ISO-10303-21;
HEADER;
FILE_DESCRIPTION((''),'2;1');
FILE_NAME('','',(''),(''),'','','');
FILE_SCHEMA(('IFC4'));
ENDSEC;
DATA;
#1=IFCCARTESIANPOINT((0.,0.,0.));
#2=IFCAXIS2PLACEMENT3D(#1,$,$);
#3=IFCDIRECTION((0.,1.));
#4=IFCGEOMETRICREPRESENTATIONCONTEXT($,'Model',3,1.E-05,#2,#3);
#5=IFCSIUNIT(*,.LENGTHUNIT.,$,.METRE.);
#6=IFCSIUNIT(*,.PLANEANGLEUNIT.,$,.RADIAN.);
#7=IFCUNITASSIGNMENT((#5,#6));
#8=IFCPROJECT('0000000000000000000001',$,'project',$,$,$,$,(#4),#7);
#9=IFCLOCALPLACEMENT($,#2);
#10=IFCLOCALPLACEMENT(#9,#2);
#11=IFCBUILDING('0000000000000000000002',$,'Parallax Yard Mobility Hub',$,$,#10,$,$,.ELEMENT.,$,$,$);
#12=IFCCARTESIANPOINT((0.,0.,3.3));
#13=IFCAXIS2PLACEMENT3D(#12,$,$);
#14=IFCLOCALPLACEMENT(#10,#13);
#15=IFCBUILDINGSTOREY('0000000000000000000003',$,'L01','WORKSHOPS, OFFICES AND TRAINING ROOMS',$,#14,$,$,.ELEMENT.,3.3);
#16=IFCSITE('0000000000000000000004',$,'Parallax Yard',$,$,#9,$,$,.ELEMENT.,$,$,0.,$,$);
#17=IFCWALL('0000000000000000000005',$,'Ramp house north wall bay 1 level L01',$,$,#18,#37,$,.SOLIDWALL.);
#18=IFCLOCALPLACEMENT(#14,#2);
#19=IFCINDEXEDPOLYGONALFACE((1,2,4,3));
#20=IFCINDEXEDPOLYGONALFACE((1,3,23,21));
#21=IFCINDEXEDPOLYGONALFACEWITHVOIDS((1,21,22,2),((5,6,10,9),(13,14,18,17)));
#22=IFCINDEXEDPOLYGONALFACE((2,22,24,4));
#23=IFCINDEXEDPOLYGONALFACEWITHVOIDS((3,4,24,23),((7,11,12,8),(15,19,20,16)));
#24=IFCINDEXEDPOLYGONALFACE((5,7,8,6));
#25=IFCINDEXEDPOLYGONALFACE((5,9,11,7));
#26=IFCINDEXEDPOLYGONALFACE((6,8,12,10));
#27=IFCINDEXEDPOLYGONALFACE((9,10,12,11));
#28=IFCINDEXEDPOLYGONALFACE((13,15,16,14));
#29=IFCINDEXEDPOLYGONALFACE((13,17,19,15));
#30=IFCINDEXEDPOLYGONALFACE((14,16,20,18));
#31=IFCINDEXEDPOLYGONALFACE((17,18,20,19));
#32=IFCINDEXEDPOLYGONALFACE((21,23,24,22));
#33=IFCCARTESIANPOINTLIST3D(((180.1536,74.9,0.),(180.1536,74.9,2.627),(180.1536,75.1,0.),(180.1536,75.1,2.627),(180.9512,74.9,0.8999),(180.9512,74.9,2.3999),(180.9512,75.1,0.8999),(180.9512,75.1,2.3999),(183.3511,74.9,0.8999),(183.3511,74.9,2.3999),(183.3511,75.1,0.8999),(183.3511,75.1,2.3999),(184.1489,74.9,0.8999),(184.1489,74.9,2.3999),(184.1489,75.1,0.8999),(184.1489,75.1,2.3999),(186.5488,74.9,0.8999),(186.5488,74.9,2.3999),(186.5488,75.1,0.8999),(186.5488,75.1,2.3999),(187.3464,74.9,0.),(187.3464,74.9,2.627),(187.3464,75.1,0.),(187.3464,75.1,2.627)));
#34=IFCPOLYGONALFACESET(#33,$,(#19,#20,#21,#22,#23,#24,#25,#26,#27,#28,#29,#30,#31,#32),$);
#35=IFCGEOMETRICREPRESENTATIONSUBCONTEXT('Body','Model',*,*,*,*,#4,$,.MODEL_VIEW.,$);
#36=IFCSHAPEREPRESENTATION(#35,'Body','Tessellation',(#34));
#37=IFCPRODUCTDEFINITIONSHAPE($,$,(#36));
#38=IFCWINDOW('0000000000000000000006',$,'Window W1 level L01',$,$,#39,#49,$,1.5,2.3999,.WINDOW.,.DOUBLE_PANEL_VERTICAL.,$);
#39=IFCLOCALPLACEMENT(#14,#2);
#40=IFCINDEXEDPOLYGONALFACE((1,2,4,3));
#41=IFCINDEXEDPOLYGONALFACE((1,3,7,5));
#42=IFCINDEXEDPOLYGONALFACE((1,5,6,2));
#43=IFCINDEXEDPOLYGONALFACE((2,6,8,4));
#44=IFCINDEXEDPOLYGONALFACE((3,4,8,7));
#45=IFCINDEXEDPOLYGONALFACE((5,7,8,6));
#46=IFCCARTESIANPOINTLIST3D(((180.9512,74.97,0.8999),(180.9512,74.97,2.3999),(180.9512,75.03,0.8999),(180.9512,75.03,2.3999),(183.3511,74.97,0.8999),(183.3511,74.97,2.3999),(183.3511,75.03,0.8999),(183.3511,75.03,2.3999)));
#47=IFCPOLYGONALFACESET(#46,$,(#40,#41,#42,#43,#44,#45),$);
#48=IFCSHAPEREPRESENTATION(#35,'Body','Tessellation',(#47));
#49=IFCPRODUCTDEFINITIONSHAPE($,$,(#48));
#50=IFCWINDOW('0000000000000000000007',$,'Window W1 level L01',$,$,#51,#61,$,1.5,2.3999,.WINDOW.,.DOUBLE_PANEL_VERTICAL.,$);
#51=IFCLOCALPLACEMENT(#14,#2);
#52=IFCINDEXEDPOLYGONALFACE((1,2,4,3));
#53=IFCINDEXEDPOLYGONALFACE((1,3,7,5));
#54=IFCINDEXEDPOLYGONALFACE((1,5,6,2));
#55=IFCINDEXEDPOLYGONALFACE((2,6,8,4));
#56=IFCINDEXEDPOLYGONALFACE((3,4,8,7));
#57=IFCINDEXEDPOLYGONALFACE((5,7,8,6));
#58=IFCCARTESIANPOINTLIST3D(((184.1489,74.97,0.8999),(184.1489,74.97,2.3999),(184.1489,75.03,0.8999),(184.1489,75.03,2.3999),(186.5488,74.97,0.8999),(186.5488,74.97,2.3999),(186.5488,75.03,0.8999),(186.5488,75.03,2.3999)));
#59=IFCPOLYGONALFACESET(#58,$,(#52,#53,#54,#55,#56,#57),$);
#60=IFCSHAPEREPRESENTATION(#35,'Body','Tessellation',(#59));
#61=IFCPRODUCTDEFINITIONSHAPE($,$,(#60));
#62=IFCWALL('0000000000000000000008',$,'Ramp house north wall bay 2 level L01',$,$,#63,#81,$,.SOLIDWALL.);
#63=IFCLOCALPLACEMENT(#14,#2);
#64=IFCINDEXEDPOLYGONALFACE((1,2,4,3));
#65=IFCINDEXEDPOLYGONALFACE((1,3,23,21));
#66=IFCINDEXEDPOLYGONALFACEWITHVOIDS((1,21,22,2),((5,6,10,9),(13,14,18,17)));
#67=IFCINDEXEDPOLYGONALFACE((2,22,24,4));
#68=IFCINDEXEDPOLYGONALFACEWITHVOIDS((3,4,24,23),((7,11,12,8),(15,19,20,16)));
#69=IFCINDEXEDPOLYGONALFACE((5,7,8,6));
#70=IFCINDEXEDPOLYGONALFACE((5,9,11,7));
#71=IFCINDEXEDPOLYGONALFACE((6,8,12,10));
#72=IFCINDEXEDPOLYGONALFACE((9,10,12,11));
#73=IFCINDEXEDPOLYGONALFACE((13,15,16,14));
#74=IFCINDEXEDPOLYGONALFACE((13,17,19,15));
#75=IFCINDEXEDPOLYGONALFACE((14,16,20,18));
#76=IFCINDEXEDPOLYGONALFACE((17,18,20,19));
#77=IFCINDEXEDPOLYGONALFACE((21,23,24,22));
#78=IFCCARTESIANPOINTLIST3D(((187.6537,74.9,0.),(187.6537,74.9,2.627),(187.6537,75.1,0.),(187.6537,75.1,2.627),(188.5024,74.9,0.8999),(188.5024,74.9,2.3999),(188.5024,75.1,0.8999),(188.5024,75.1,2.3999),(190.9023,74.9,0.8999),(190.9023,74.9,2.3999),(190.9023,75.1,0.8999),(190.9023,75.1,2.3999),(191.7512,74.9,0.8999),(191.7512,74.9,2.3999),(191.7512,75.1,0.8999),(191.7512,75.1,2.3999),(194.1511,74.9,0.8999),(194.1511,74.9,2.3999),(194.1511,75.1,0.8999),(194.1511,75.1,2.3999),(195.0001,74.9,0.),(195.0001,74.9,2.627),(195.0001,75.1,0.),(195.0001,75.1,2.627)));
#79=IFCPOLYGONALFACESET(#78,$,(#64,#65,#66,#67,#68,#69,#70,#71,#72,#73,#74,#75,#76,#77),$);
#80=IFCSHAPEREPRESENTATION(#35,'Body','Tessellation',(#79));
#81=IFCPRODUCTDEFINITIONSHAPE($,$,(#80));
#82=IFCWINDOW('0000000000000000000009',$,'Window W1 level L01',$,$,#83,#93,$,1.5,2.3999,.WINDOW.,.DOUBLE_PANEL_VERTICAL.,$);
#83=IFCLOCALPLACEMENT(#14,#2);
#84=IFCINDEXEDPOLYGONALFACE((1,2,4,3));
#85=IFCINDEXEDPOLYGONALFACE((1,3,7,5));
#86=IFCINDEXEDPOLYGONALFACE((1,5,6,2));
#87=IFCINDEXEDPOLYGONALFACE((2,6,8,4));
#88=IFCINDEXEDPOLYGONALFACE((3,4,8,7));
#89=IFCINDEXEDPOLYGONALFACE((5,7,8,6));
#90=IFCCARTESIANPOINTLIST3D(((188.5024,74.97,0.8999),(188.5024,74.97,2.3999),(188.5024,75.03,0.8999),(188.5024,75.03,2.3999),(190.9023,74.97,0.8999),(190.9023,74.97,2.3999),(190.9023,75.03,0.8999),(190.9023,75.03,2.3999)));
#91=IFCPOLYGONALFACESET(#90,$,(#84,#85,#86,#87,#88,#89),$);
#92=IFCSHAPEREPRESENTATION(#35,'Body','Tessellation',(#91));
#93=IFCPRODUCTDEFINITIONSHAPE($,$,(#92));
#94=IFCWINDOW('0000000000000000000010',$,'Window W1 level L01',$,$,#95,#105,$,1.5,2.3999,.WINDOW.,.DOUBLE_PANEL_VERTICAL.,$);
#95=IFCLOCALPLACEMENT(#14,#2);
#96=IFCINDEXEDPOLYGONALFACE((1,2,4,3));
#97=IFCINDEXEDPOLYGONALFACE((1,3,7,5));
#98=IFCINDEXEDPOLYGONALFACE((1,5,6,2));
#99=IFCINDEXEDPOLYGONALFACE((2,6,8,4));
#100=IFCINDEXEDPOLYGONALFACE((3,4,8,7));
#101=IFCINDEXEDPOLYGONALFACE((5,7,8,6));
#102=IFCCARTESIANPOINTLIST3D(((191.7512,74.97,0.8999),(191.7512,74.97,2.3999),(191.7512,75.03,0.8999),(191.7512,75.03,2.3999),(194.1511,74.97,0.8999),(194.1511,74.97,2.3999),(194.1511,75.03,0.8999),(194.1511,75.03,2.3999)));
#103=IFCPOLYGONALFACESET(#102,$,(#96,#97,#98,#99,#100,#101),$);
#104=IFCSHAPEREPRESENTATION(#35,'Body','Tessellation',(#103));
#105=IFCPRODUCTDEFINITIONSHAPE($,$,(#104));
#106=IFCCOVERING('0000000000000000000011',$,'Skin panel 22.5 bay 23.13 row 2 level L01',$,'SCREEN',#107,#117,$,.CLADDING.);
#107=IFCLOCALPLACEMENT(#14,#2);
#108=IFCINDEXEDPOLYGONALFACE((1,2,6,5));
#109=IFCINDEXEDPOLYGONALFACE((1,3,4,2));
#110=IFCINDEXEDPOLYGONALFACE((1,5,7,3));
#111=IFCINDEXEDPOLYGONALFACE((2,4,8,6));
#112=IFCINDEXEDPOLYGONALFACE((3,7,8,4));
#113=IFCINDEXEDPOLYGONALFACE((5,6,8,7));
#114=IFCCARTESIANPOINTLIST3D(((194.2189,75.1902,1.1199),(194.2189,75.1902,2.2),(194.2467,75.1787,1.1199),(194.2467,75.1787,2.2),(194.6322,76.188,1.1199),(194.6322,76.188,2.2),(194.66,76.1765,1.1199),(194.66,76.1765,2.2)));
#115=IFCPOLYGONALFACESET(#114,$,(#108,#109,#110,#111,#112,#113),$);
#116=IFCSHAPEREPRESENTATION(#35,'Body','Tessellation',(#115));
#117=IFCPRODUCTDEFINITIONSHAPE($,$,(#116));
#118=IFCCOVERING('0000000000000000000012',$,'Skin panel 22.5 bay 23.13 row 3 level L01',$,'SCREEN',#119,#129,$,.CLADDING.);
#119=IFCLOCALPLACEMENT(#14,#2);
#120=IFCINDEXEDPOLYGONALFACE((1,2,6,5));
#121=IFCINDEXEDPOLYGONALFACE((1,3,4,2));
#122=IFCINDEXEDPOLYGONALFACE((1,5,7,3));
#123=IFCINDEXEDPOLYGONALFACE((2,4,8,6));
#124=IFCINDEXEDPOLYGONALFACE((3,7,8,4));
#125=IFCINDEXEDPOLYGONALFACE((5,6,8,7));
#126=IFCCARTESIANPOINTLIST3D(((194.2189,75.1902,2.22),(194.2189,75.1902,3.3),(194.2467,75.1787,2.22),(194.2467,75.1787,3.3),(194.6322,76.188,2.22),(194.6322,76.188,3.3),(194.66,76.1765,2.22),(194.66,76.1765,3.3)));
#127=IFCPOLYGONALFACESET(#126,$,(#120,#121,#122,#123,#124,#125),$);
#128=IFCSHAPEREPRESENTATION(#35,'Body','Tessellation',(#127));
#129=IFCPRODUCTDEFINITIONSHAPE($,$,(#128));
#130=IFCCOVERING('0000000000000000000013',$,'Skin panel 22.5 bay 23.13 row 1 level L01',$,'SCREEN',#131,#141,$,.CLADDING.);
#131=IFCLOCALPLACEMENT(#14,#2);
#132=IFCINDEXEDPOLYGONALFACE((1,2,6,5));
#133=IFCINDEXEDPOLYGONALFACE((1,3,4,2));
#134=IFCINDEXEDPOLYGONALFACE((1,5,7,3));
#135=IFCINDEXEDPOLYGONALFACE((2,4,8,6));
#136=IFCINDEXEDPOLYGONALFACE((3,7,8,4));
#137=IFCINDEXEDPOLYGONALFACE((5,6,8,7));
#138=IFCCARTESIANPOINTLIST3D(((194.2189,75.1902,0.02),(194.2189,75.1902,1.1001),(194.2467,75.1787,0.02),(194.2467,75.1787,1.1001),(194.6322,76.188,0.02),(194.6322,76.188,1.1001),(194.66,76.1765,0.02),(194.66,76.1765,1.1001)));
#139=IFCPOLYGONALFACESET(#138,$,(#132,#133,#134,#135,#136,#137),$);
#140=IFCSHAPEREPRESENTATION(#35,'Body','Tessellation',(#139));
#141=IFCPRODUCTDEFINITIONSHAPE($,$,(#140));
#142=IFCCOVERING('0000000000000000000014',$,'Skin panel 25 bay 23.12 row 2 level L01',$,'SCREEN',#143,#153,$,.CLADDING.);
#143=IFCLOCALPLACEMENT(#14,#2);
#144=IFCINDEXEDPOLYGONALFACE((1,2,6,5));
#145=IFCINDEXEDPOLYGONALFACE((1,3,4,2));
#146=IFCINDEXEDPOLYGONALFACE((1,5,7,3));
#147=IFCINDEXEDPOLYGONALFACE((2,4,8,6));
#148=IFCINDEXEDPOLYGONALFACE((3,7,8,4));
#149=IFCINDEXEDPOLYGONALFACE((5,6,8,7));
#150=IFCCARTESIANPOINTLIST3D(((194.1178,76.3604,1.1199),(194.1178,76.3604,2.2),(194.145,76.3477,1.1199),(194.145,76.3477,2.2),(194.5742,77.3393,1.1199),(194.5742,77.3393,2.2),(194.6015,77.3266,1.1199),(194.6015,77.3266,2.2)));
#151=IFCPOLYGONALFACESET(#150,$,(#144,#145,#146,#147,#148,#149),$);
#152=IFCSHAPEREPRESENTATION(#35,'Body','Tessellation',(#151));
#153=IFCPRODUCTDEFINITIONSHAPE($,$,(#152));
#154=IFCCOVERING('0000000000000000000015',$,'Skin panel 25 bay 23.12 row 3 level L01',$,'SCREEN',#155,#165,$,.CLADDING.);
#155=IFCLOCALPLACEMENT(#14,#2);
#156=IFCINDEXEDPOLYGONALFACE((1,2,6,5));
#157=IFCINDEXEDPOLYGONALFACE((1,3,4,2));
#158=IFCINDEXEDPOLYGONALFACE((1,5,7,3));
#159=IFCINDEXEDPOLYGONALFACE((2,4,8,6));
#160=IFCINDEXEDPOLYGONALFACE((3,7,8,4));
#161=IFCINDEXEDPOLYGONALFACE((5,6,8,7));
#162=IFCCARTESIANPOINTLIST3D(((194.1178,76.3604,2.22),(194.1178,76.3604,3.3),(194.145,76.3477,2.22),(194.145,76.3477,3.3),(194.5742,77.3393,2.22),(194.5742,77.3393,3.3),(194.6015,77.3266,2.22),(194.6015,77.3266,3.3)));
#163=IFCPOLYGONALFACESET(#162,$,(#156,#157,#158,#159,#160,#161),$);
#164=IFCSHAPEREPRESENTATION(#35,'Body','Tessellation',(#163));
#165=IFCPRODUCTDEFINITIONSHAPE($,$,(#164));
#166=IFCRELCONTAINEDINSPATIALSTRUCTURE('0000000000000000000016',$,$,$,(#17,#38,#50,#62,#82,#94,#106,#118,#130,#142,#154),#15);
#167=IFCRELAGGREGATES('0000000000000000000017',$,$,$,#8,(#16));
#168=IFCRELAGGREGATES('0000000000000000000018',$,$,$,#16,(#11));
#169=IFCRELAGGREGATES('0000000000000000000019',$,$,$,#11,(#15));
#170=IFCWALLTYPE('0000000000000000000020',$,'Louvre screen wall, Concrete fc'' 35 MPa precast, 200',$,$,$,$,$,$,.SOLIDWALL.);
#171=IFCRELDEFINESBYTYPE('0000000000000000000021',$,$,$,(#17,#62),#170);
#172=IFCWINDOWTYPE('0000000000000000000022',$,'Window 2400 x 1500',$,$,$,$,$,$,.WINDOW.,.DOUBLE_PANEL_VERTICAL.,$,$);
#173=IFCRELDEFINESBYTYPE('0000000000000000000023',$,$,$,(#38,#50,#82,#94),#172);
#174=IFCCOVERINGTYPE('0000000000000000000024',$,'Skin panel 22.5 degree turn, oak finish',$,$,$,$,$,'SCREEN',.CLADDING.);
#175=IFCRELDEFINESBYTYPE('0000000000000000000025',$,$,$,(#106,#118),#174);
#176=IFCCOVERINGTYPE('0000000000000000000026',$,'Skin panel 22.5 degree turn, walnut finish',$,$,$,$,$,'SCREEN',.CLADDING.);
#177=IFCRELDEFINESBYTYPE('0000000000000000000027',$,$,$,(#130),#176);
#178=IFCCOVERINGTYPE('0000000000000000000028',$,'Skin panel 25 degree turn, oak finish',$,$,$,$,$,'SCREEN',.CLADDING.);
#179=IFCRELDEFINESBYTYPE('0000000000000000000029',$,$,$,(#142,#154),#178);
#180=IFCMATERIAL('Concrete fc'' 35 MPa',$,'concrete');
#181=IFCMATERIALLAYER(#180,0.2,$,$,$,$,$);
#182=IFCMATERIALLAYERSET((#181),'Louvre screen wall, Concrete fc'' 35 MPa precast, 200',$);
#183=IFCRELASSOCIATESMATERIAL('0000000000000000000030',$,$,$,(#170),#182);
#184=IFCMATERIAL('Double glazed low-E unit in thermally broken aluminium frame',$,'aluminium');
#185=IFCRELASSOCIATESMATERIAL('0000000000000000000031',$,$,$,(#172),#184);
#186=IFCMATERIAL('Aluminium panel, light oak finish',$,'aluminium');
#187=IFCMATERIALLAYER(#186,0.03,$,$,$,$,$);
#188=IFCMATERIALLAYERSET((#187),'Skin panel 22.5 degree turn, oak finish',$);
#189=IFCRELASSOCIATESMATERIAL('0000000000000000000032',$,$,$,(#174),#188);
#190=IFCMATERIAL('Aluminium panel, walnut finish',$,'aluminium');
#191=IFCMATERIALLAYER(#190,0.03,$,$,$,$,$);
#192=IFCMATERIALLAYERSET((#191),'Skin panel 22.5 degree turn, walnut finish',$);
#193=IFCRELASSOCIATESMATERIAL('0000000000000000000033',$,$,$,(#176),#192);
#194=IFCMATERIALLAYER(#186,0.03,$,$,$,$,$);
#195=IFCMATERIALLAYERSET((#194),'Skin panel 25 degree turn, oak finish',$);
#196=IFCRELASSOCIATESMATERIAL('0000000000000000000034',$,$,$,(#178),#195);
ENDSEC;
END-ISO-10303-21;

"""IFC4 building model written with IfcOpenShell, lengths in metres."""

from ifc_helpers import new_model, si_unit, direction, frame, frame_2d, origin, origin_2d, place, context, subcontext, project, spatial, rectangle, extrude, material, layer, layer_set, type_object, element, fill, save


model = new_model("IFC4")

# Units and contexts
model_context = context("Model", 3, precision=1e-05, world=origin(), true_north=direction((0.0, 1.0)))
body_context = subcontext(model_context, "Body", "Model", "MODEL_VIEW")
ifc_project = project(units=[si_unit("LENGTHUNIT", "METRE"), si_unit("PLANEANGLEUNIT", "RADIAN")], contexts=[model_context])

# Site, building, storey
site_placement = place(None, origin())
site = spatial("IfcSite", under=ifc_project, at=site_placement, Name="Parallax Yard", CompositionType="ELEMENT", RefElevation=0.0)
building_placement = place(site_placement, origin())
building = spatial("IfcBuilding", under=site, at=building_placement, Name="Parallax Yard Mobility Hub", CompositionType="ELEMENT")
storey_placement = place(building_placement, frame((0.0, 0.0, 3.3)))
storey = spatial("IfcBuildingStorey", under=building, at=storey_placement, Name="L01", Description="WORKSHOPS, OFFICES AND TRAINING ROOMS", CompositionType="ELEMENT", Elevation=3.3)

# Walls, openings, windows
ifc_material_1 = material(Name="Concrete fc' 35 MPa", Category="concrete")
ifc_layer_1 = layer(ifc_material_1, 0.2)
ifc_layer_set_1 = layer_set([ifc_layer_1], Name="Louvre screen wall, Concrete fc' 35 MPa precast, 200")
wall_type = type_object("IfcWallType", Name="Louvre screen wall, Concrete fc' 35 MPa precast, 200", PredefinedType="SOLIDWALL", material=ifc_layer_set_1)
wall_1_placement = place(storey_placement, frame((180.1536, 75.0, 0.0), z_axis=(0.0, 0.0, 1.0), x_axis=(1.0, 0.0, 0.0)))
wall_1 = element("IfcWall", 1, at=wall_1_placement, inside=storey, type_object=wall_type, Name="Ramp house north wall bay 1 level L01", PredefinedType="SOLIDWALL", context=body_context, shape_type="SweptSolid", body=[
    extrude(rectangle(XDim=7.1929, YDim=0.2, at=frame_2d((3.5964, 0.0))), origin(), (0.0, 0.0, 1.0), 2.627),
])
opening_1_placement = place(wall_1_placement, frame((0.7976, 0.0, 0.8999)))
opening_1 = element("IfcOpeningElement", 2, at=opening_1_placement, cuts=wall_1, PredefinedType="OPENING", context=body_context, shape_type="SweptSolid", body=[
    extrude(rectangle(XDim=2.3999, YDim=1.5, at=frame_2d((1.2, 0.75))), frame((0.0, 0.1099, 0.0), z_axis=(0.0, -1.0, 0.0), x_axis=(1.0, 0.0, 0.0)), (0.0, 0.0, 1.0), 0.22),
])
opening_2_placement = place(wall_1_placement, frame((3.9954, 0.0, 0.8999)))
opening_2 = element("IfcOpeningElement", 3, at=opening_2_placement, cuts=wall_1, PredefinedType="OPENING", context=body_context, shape_type="SweptSolid", body=[
    extrude(rectangle(XDim=2.3999, YDim=1.5, at=frame_2d((1.2, 0.75))), frame((0.0, 0.1099, 0.0), z_axis=(0.0, -1.0, 0.0), x_axis=(1.0, 0.0, 0.0)), (0.0, 0.0, 1.0), 0.22),
])
ifc_material_2 = material(Name="Double glazed low-E unit in thermally broken aluminium frame", Category="aluminium")
window_type = type_object("IfcWindowType", Name="Window 2400 x 1500", PartitioningType="DOUBLE_PANEL_VERTICAL", PredefinedType="WINDOW", material=ifc_material_2)
window_1_placement = place(opening_1_placement, origin())
window_1 = element("IfcWindow", 4, at=window_1_placement, inside=storey, type_object=window_type, Name="Window W1 level L01", OverallHeight=1.5, OverallWidth=2.3999, PartitioningType="DOUBLE_PANEL_VERTICAL", PredefinedType="WINDOW", context=body_context, shape_type="SweptSolid", body=[
    extrude(rectangle(XDim=2.3999, YDim=1.5, at=frame_2d((1.2, 0.75))), frame((0.0, 0.03, 0.0), z_axis=(0.0, -1.0, 0.0), x_axis=(1.0, 0.0, 0.0)), (0.0, 0.0, 1.0), 0.0601),
])
fill(opening_1, window_1)
window_2_placement = place(opening_2_placement, origin())
window_2 = element("IfcWindow", 5, at=window_2_placement, inside=storey, type_object=window_type, Name="Window W1 level L01", OverallHeight=1.5, OverallWidth=2.3999, PartitioningType="DOUBLE_PANEL_VERTICAL", PredefinedType="WINDOW", context=body_context, shape_type="SweptSolid", body=[
    extrude(rectangle(XDim=2.3999, YDim=1.5, at=frame_2d((1.2, 0.75))), frame((0.0, 0.03, 0.0), z_axis=(0.0, -1.0, 0.0), x_axis=(1.0, 0.0, 0.0)), (0.0, 0.0, 1.0), 0.0601),
])
fill(opening_2, window_2)
wall_2_placement = place(storey_placement, frame((187.6536, 75.0, 0.0), z_axis=(0.0, 0.0, 1.0), x_axis=(1.0, 0.0, 0.0)))
wall_2 = element("IfcWall", 6, at=wall_2_placement, inside=storey, type_object=wall_type, Name="Ramp house north wall bay 2 level L01", PredefinedType="SOLIDWALL", context=body_context, shape_type="SweptSolid", body=[
    extrude(rectangle(XDim=7.3464, YDim=0.2, at=frame_2d((3.6733, 0.0))), origin(), (0.0, 0.0, 1.0), 2.627),
])
opening_3_placement = place(wall_2_placement, frame((0.8489, 0.0, 0.8999)))
opening_3 = element("IfcOpeningElement", 7, at=opening_3_placement, cuts=wall_2, PredefinedType="OPENING", context=body_context, shape_type="SweptSolid", body=[
    extrude(rectangle(XDim=2.3999, YDim=1.5, at=frame_2d((1.2, 0.75))), frame((0.0, 0.1099, 0.0), z_axis=(0.0, -1.0, 0.0), x_axis=(1.0, 0.0, 0.0)), (0.0, 0.0, 1.0), 0.22),
])
opening_4_placement = place(wall_2_placement, frame((4.0977, 0.0, 0.8999)))
opening_4 = element("IfcOpeningElement", 8, at=opening_4_placement, cuts=wall_2, PredefinedType="OPENING", context=body_context, shape_type="SweptSolid", body=[
    extrude(rectangle(XDim=2.3999, YDim=1.5, at=frame_2d((1.2, 0.75))), frame((0.0, 0.1099, 0.0), z_axis=(0.0, -1.0, 0.0), x_axis=(1.0, 0.0, 0.0)), (0.0, 0.0, 1.0), 0.22),
])
window_3_placement = place(opening_3_placement, origin())
window_3 = element("IfcWindow", 9, at=window_3_placement, inside=storey, type_object=window_type, Name="Window W1 level L01", OverallHeight=1.5, OverallWidth=2.3999, PartitioningType="DOUBLE_PANEL_VERTICAL", PredefinedType="WINDOW", context=body_context, shape_type="SweptSolid", body=[
    extrude(rectangle(XDim=2.3999, YDim=1.5, at=frame_2d((1.2, 0.75))), frame((0.0, 0.03, 0.0), z_axis=(0.0, -1.0, 0.0), x_axis=(1.0, 0.0, 0.0)), (0.0, 0.0, 1.0), 0.0601),
])
fill(opening_3, window_3)
window_4_placement = place(opening_4_placement, origin())
window_4 = element("IfcWindow", 10, at=window_4_placement, inside=storey, type_object=window_type, Name="Window W1 level L01", OverallHeight=1.5, OverallWidth=2.3999, PartitioningType="DOUBLE_PANEL_VERTICAL", PredefinedType="WINDOW", context=body_context, shape_type="SweptSolid", body=[
    extrude(rectangle(XDim=2.3999, YDim=1.5, at=frame_2d((1.2, 0.75))), frame((0.0, 0.03, 0.0), z_axis=(0.0, -1.0, 0.0), x_axis=(1.0, 0.0, 0.0)), (0.0, 0.0, 1.0), 0.0601),
])
fill(opening_4, window_4)

# Coverings
ifc_material_3 = material(Name="Aluminium panel, light oak finish", Category="aluminium")
ifc_layer_2 = layer(ifc_material_3, 0.03)
ifc_layer_set_2 = layer_set([ifc_layer_2], Name="Skin panel 22.5 degree turn, oak finish")
covering_type_1 = type_object("IfcCoveringType", Name="Skin panel 22.5 degree turn, oak finish", ElementType="SCREEN", PredefinedType="CLADDING", material=ifc_layer_set_2)
for number, where, z_axis, x_axis, name in (
    (11, (194.4395, 75.6833, 1.1199), (0.0, 0.0, 1.0), (-0.382683, -0.92388, 0.0), "Skin panel 22.5 bay 23.13 row 2 level L01"),
    (12, (194.4395, 75.6833, 2.22), (0.0, 0.0, 1.0), (-0.382683, -0.92388, 0.0), "Skin panel 22.5 bay 23.13 row 3 level L01"),
):
    element("IfcCovering", number, at=place(storey_placement, frame(where, z_axis=z_axis, x_axis=x_axis)), inside=storey, type_object=covering_type_1, Name=name, ObjectType="SCREEN", PredefinedType="CLADDING", context=body_context, shape_type="SweptSolid", body=[
        extrude(rectangle(XDim=1.0801, YDim=0.03, at=origin_2d()), origin(), (0.0, 0.0, 1.0), 1.0801),
    ])
ifc_material_4 = material(Name="Aluminium panel, walnut finish", Category="aluminium")
ifc_layer_3 = layer(ifc_material_4, 0.03)
ifc_layer_set_3 = layer_set([ifc_layer_3], Name="Skin panel 22.5 degree turn, walnut finish")
covering_type_2 = type_object("IfcCoveringType", Name="Skin panel 22.5 degree turn, walnut finish", ElementType="SCREEN", PredefinedType="CLADDING", material=ifc_layer_set_3)
covering_1_placement = place(storey_placement, frame((194.4395, 75.6833, 0.02), z_axis=(0.0, 0.0, 1.0), x_axis=(-0.382683, -0.92388, 0.0)))
element("IfcCovering", 13, at=covering_1_placement, inside=storey, type_object=covering_type_2, Name="Skin panel 22.5 bay 23.13 row 1 level L01", ObjectType="SCREEN", PredefinedType="CLADDING", context=body_context, shape_type="SweptSolid", body=[
    extrude(rectangle(XDim=1.0801, YDim=0.03, at=origin_2d()), origin(), (0.0, 0.0, 1.0), 1.0801),
])
ifc_layer_4 = layer(ifc_material_3, 0.03)
ifc_layer_set_4 = layer_set([ifc_layer_4], Name="Skin panel 25 degree turn, oak finish")
covering_type_3 = type_object("IfcCoveringType", Name="Skin panel 25 degree turn, oak finish", ElementType="SCREEN", PredefinedType="CLADDING", material=ifc_layer_set_4)
for number, where, z_axis, x_axis, name in (
    (14, (194.3596, 76.8435, 1.1199), (0.0, 0.0, 1.0), (-0.422618, -0.906308, 0.0), "Skin panel 25 bay 23.12 row 2 level L01"),
    (15, (194.3596, 76.8435, 2.22), (0.0, 0.0, 1.0), (-0.422618, -0.906308, 0.0), "Skin panel 25 bay 23.12 row 3 level L01"),
):
    element("IfcCovering", number, at=place(storey_placement, frame(where, z_axis=z_axis, x_axis=x_axis)), inside=storey, type_object=covering_type_3, Name=name, ObjectType="SCREEN", PredefinedType="CLADDING", context=body_context, shape_type="SweptSolid", body=[
        extrude(rectangle(XDim=1.0801, YDim=0.03, at=origin_2d()), origin(), (0.0, 0.0, 1.0), 1.0801),
    ])

save(model, "model.ifc")
